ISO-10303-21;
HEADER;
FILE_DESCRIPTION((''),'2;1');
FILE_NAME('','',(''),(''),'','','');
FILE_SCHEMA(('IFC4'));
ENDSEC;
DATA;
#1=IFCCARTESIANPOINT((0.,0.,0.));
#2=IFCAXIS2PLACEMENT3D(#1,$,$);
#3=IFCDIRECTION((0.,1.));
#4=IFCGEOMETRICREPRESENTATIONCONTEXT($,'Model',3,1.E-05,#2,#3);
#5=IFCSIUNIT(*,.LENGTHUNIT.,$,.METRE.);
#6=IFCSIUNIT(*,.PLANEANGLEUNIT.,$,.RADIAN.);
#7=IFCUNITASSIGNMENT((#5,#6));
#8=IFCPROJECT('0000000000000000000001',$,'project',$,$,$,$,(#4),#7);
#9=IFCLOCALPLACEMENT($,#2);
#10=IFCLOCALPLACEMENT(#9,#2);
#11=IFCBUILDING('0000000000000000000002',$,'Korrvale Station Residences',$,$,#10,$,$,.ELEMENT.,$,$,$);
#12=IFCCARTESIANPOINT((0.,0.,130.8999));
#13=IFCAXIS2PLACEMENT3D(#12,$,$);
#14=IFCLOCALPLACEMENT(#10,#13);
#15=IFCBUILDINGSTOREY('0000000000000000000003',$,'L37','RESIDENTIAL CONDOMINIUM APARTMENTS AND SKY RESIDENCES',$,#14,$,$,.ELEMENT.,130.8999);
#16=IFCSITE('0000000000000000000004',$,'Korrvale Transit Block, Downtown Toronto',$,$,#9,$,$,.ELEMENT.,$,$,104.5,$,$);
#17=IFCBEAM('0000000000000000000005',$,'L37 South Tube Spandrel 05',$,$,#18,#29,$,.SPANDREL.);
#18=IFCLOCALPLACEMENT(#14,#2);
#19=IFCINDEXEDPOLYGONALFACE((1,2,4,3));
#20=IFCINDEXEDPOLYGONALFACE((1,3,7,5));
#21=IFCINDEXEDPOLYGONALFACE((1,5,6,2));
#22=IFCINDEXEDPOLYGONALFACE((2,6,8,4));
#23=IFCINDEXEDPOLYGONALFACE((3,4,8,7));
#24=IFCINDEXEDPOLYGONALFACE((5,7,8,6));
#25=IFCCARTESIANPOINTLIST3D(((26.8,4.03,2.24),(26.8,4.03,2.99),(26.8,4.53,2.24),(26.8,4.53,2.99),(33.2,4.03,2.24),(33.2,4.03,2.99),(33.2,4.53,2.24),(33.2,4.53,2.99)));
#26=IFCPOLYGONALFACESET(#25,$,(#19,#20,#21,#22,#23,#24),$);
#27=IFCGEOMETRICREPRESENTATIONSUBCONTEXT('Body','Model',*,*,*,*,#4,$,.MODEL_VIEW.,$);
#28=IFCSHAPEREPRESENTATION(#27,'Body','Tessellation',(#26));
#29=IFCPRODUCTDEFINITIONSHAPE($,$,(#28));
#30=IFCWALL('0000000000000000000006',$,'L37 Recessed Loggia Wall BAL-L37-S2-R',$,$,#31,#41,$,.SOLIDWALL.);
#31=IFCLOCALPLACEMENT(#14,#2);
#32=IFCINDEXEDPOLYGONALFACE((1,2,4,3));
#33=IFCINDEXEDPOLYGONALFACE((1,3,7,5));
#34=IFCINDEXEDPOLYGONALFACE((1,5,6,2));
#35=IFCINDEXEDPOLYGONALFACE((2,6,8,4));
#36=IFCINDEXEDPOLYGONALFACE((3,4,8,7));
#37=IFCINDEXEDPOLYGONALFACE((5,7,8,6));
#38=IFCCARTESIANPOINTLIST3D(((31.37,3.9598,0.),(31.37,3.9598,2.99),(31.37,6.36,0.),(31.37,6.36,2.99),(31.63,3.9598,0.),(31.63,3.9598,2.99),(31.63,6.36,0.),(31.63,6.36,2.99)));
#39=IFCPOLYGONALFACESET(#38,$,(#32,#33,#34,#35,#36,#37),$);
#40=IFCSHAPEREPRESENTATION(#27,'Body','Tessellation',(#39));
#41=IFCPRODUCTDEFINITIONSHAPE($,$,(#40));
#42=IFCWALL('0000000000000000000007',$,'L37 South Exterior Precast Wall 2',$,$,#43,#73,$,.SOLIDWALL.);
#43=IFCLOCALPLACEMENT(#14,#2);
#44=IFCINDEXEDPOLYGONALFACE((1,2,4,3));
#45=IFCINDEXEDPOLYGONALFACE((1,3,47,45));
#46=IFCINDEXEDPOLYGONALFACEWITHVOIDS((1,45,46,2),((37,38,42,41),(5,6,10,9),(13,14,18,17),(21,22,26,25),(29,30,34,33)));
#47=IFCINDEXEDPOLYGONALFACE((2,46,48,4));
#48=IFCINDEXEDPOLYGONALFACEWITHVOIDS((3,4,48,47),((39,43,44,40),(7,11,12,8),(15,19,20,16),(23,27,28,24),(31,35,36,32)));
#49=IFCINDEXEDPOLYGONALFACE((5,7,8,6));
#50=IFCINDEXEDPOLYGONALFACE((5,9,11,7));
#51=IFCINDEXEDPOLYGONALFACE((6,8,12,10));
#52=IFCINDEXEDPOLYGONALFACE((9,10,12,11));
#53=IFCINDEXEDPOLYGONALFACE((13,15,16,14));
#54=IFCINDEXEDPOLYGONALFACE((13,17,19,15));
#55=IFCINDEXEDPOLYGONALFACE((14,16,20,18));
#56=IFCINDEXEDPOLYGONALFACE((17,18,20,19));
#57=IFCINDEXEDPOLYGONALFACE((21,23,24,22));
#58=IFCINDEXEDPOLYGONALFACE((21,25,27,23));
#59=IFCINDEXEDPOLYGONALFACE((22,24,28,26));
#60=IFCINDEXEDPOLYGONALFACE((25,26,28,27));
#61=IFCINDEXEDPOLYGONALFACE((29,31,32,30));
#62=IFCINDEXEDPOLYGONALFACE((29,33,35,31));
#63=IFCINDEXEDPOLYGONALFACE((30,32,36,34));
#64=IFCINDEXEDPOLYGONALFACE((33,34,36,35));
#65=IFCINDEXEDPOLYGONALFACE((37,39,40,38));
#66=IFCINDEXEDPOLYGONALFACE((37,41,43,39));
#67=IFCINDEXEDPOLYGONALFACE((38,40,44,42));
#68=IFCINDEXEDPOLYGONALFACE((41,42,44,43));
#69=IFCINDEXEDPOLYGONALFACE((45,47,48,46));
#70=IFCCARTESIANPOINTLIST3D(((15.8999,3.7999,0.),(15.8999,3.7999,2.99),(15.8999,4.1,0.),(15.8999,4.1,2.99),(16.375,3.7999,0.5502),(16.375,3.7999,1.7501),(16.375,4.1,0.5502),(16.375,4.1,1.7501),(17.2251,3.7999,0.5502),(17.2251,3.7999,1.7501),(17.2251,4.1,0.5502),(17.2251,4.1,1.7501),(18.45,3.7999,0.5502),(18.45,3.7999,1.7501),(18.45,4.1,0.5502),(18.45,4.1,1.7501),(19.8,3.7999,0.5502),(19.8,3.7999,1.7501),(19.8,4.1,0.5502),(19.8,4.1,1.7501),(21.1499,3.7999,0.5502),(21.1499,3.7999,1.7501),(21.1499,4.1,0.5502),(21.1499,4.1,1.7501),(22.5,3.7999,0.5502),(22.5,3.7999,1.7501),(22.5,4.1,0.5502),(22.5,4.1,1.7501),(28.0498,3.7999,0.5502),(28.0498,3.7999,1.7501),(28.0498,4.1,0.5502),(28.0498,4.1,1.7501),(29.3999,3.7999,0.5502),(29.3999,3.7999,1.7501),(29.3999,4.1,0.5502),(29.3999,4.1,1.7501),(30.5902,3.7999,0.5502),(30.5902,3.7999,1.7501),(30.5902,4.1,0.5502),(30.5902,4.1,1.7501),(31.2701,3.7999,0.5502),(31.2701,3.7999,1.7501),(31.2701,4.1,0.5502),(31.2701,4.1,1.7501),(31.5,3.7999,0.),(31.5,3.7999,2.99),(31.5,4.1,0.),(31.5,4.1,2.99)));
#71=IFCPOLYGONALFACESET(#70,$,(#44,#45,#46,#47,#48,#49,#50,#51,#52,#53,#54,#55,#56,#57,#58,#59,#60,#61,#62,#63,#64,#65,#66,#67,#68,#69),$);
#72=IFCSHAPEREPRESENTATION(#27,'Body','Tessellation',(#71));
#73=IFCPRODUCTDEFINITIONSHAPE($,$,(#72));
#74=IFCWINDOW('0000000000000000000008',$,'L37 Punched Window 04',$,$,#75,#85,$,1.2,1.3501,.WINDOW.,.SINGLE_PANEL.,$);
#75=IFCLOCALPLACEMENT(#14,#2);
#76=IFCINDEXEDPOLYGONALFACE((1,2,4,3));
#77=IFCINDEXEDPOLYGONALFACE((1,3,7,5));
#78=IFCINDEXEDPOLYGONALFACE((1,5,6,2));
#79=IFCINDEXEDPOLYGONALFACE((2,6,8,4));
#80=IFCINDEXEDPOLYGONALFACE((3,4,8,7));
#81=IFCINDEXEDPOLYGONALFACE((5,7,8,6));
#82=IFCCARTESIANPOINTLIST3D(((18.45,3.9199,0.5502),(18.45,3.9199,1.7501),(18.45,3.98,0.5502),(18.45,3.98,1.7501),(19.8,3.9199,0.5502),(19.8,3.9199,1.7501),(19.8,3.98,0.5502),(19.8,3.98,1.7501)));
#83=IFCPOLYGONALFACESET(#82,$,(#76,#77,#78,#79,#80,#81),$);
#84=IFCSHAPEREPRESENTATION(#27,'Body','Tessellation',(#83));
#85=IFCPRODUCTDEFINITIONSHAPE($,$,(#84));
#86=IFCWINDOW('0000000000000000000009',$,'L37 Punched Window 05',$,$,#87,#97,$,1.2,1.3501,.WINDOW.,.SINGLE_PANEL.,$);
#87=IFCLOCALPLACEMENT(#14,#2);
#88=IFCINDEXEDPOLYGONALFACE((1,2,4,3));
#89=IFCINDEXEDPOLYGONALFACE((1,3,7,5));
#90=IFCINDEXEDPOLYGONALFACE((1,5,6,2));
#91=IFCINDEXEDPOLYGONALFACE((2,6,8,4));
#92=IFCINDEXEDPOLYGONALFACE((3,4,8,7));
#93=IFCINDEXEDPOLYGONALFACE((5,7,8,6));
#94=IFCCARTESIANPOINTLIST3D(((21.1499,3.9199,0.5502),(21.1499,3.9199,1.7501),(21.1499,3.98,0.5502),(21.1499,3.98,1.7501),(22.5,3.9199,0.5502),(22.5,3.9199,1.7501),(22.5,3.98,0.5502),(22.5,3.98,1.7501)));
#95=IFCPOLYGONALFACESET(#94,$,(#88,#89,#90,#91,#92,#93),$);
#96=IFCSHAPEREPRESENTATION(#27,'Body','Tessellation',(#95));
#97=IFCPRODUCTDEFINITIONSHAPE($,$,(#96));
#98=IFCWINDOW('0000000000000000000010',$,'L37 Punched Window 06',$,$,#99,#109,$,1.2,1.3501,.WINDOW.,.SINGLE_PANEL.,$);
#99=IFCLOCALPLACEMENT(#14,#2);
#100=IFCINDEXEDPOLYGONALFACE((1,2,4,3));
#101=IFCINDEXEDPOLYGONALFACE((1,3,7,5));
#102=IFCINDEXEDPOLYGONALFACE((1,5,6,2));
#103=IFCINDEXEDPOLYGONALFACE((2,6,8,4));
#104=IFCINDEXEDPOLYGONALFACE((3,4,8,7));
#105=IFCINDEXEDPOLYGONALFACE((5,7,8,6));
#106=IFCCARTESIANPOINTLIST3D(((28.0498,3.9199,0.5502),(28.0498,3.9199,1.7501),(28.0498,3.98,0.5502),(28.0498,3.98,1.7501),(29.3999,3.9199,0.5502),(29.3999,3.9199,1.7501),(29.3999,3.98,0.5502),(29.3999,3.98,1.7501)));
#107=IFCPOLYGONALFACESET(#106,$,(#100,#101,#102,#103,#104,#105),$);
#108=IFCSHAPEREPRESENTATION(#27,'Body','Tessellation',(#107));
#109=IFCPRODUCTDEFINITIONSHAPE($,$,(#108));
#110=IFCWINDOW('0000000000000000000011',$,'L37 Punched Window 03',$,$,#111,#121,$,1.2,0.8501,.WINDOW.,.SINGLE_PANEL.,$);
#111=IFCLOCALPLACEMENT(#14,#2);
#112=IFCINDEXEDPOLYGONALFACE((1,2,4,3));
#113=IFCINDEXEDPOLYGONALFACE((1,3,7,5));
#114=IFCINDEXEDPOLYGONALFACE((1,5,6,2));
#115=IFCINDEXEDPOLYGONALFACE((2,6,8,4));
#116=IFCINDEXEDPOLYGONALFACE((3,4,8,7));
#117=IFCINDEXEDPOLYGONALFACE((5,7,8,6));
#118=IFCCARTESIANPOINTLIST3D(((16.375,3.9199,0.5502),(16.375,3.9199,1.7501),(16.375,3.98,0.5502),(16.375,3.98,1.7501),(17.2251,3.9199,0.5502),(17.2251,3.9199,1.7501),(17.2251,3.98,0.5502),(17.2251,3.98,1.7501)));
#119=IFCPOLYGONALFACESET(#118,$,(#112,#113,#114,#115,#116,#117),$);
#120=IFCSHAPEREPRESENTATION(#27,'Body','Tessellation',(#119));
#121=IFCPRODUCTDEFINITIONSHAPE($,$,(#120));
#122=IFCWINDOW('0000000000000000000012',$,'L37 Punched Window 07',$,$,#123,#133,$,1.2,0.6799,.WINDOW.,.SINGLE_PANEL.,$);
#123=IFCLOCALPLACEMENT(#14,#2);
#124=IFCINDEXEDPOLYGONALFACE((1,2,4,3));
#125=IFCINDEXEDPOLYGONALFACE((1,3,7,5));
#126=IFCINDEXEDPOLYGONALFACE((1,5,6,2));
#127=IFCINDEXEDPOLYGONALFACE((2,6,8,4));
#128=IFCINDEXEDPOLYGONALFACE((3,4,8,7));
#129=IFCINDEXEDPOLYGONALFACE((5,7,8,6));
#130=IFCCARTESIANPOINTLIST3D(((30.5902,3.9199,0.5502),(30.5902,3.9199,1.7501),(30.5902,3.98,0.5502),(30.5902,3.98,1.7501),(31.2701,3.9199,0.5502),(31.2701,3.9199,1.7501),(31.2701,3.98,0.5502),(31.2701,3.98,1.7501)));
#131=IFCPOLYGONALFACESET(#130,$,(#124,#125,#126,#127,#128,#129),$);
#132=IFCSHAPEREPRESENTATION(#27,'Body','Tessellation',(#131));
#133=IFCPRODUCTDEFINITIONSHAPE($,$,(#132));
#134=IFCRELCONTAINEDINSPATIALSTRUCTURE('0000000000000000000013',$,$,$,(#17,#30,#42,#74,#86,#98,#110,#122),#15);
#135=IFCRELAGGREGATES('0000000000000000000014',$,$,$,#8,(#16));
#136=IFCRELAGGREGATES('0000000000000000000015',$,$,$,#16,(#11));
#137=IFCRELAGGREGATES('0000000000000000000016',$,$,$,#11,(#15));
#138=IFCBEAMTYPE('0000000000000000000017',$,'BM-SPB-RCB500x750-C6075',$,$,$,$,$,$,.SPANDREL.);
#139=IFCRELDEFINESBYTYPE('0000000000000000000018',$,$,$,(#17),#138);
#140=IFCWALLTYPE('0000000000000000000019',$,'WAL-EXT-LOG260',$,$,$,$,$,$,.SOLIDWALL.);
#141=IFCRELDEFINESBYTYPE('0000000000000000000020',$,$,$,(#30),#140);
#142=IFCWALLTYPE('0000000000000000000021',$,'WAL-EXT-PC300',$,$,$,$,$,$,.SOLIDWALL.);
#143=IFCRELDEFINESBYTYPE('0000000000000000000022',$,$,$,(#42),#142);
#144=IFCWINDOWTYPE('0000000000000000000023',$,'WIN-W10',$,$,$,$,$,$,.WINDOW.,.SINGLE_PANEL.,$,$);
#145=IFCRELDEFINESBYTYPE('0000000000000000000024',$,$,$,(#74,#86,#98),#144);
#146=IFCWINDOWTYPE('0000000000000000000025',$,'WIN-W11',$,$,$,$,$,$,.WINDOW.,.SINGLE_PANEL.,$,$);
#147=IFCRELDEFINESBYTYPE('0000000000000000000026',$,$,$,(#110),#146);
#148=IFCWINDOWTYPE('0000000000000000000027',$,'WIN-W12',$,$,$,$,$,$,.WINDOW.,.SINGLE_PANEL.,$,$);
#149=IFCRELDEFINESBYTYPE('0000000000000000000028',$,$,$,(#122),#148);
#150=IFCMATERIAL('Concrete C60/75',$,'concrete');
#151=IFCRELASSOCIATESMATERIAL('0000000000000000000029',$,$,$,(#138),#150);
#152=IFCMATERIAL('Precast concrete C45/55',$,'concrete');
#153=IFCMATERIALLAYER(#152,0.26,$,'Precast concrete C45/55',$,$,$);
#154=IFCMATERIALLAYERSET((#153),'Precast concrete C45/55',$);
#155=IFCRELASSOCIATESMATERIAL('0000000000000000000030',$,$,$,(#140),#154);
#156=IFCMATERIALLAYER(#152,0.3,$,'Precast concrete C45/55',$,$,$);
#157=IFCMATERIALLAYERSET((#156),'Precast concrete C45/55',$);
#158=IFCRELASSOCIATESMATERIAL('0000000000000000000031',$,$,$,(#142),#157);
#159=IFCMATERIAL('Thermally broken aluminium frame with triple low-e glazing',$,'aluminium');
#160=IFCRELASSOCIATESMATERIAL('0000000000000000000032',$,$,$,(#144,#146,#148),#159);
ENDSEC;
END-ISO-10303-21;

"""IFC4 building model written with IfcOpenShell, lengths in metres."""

from ifc_helpers import new_model, si_unit, direction, frame, frame_2d, origin, origin_2d, place, context, subcontext, project, spatial, rectangle, extrude, material, layer, layer_set, material_profile, profile_set, type_object, element, fill, save


model = new_model("IFC4")

# Units and contexts
model_context = context("Model", 3, precision=1e-05, world=origin(), true_north=direction((0.0, 1.0)))
body_context = subcontext(model_context, "Body", "Model", "MODEL_VIEW")
ifc_project = project(units=[si_unit("LENGTHUNIT", "METRE"), si_unit("PLANEANGLEUNIT", "RADIAN")], contexts=[model_context])

# Site, building, storey
site_placement = place(None, origin())
site = spatial("IfcSite", under=ifc_project, at=site_placement, Name="Korrvale Transit Block, Downtown Toronto", CompositionType="ELEMENT", RefElevation=104.5)
building_placement = place(site_placement, origin())
building = spatial("IfcBuilding", under=site, at=building_placement, Name="Korrvale Station Residences", CompositionType="ELEMENT")
storey_placement = place(building_placement, frame((0.0, 0.0, 130.8999)))
storey = spatial("IfcBuildingStorey", under=building, at=storey_placement, Name="L37", Description="RESIDENTIAL CONDOMINIUM APARTMENTS AND SKY RESIDENCES", CompositionType="ELEMENT", Elevation=130.8999)

# Beam
ifc_material_1 = material(Name="Concrete C60/75", Category="concrete")
ifc_material_profile = material_profile(ifc_material_1, rectangle(XDim=0.5, YDim=0.75, at=origin_2d()), Name="RCB500x750")
ifc_profile_set = profile_set([ifc_material_profile], Name="Concrete C60/75")
beam_type = type_object("IfcBeamType", Name="BM-SPB-RCB500x750-C6075", PredefinedType="SPANDREL", material=ifc_profile_set)
beam_placement = place(storey_placement, frame((26.8, 4.28, 2.615), z_axis=(1.0, 0.0, 0.0), x_axis=(0.0, 1.0, 0.0)))
element("IfcBeam", 1, at=beam_placement, inside=storey, type_object=beam_type, Name="L37 South Tube Spandrel 05", PredefinedType="SPANDREL", context=body_context, shape_type="SweptSolid", body=[
    extrude(rectangle(XDim=0.5, YDim=0.75, at=origin_2d()), origin(), (0.0, 0.0, 1.0), 6.3999),
])

# Wall
ifc_material_2 = material(Name="Precast concrete C45/55", Category="concrete")
ifc_layer_1 = layer(ifc_material_2, 0.26, Name="Precast concrete C45/55")
ifc_layer_set_1 = layer_set([ifc_layer_1], Name="Precast concrete C45/55")
wall_type_1 = type_object("IfcWallType", Name="WAL-EXT-LOG260", PredefinedType="SOLIDWALL", material=ifc_layer_set_1)
wall_1_placement = place(storey_placement, frame((31.5, 6.3601, 0.0), z_axis=(0.0, 0.0, 1.0), x_axis=(0.0, -1.0, 0.0)))
element("IfcWall", 2, at=wall_1_placement, inside=storey, type_object=wall_type_1, Name="L37 Recessed Loggia Wall BAL-L37-S2-R", PredefinedType="SOLIDWALL", context=body_context, shape_type="SweptSolid", body=[
    extrude(rectangle(XDim=2.4001, YDim=0.26, at=frame_2d((1.2002, 0.0))), origin(), (0.0, 0.0, 1.0), 2.99),
])

# Wall, openings, windows
ifc_layer_2 = layer(ifc_material_2, 0.3, Name="Precast concrete C45/55")
ifc_layer_set_2 = layer_set([ifc_layer_2], Name="Precast concrete C45/55")
wall_type_2 = type_object("IfcWallType", Name="WAL-EXT-PC300", PredefinedType="SOLIDWALL", material=ifc_layer_set_2)
wall_2_placement = place(storey_placement, frame((31.5, 3.95, 0.0), z_axis=(0.0, 0.0, 1.0), x_axis=(-1.0, 0.0, 0.0)))
wall_2 = element("IfcWall", 3, at=wall_2_placement, inside=storey, type_object=wall_type_2, Name="L37 South Exterior Precast Wall 2", PredefinedType="SOLIDWALL", context=body_context, shape_type="SweptSolid", body=[
    extrude(rectangle(XDim=15.6001, YDim=0.3, at=frame_2d((7.8, 0.0))), origin(), (0.0, 0.0, 1.0), 2.99),
])
opening_1_placement = place(wall_2_placement, frame((14.2749, 0.0, 0.55)))
opening_1 = element("IfcOpeningElement", 4, at=opening_1_placement, cuts=wall_2, PredefinedType="OPENING", context=body_context, shape_type="SweptSolid", body=[
    extrude(rectangle(XDim=0.8501, YDim=1.2, at=frame_2d((0.425, 0.6001))), frame((0.0, 0.1602, 0.0), z_axis=(0.0, -1.0, 0.0), x_axis=(1.0, 0.0, 0.0)), (0.0, 0.0, 1.0), 0.3201),
])
opening_2_placement = place(wall_2_placement, frame((11.7, 0.0, 0.55)))
opening_2 = element("IfcOpeningElement", 5, at=opening_2_placement, cuts=wall_2, PredefinedType="OPENING", context=body_context, shape_type="SweptSolid", body=[
    extrude(rectangle(XDim=1.3501, YDim=1.2, at=frame_2d((0.675, 0.6001))), frame((0.0, 0.1602, 0.0), z_axis=(0.0, -1.0, 0.0), x_axis=(1.0, 0.0, 0.0)), (0.0, 0.0, 1.0), 0.3201),
])
opening_3_placement = place(wall_2_placement, frame((9.0, 0.0, 0.55)))
opening_3 = element("IfcOpeningElement", 6, at=opening_3_placement, cuts=wall_2, PredefinedType="OPENING", context=body_context, shape_type="SweptSolid", body=[
    extrude(rectangle(XDim=1.3501, YDim=1.2, at=frame_2d((0.675, 0.6001))), frame((0.0, 0.1602, 0.0), z_axis=(0.0, -1.0, 0.0), x_axis=(1.0, 0.0, 0.0)), (0.0, 0.0, 1.0), 0.3201),
])
opening_4_placement = place(wall_2_placement, frame((2.1001, 0.0, 0.55)))
opening_4 = element("IfcOpeningElement", 7, at=opening_4_placement, cuts=wall_2, PredefinedType="OPENING", context=body_context, shape_type="SweptSolid", body=[
    extrude(rectangle(XDim=1.3501, YDim=1.2, at=frame_2d((0.675, 0.6001))), frame((0.0, 0.1602, 0.0), z_axis=(0.0, -1.0, 0.0), x_axis=(1.0, 0.0, 0.0)), (0.0, 0.0, 1.0), 0.3201),
])
opening_5_placement = place(wall_2_placement, frame((0.23, 0.0, 0.55)))
opening_5 = element("IfcOpeningElement", 8, at=opening_5_placement, cuts=wall_2, PredefinedType="OPENING", context=body_context, shape_type="SweptSolid", body=[
    extrude(rectangle(XDim=0.6799, YDim=1.2, at=frame_2d((0.3398, 0.6001))), frame((0.0, 0.1602, 0.0), z_axis=(0.0, -1.0, 0.0), x_axis=(1.0, 0.0, 0.0)), (0.0, 0.0, 1.0), 0.3201),
])
ifc_material_3 = material(Name="Thermally broken aluminium frame with triple low-e glazing", Category="aluminium")
window_type_1 = type_object("IfcWindowType", Name="WIN-W10", PartitioningType="SINGLE_PANEL", PredefinedType="WINDOW", material=ifc_material_3)
window_1_placement = place(opening_2_placement, origin())
window_1 = element("IfcWindow", 9, at=window_1_placement, inside=storey, type_object=window_type_1, Name="L37 Punched Window 04", OverallHeight=1.2, OverallWidth=1.3501, PartitioningType="SINGLE_PANEL", PredefinedType="WINDOW", context=body_context, shape_type="SweptSolid", body=[
    extrude(rectangle(XDim=1.3501, YDim=1.2, at=frame_2d((0.675, 0.6001))), frame((0.0, 0.03, 0.0), z_axis=(0.0, -1.0, 0.0), x_axis=(1.0, 0.0, 0.0)), (0.0, 0.0, 1.0), 0.0601),
])
fill(opening_2, window_1)
window_2_placement = place(opening_3_placement, origin())
window_2 = element("IfcWindow", 10, at=window_2_placement, inside=storey, type_object=window_type_1, Name="L37 Punched Window 05", OverallHeight=1.2, OverallWidth=1.3501, PartitioningType="SINGLE_PANEL", PredefinedType="WINDOW", context=body_context, shape_type="SweptSolid", body=[
    extrude(rectangle(XDim=1.3501, YDim=1.2, at=frame_2d((0.675, 0.6001))), frame((0.0, 0.03, 0.0), z_axis=(0.0, -1.0, 0.0), x_axis=(1.0, 0.0, 0.0)), (0.0, 0.0, 1.0), 0.0601),
])
fill(opening_3, window_2)
window_3_placement = place(opening_4_placement, origin())
window_3 = element("IfcWindow", 11, at=window_3_placement, inside=storey, type_object=window_type_1, Name="L37 Punched Window 06", OverallHeight=1.2, OverallWidth=1.3501, PartitioningType="SINGLE_PANEL", PredefinedType="WINDOW", context=body_context, shape_type="SweptSolid", body=[
    extrude(rectangle(XDim=1.3501, YDim=1.2, at=frame_2d((0.675, 0.6001))), frame((0.0, 0.03, 0.0), z_axis=(0.0, -1.0, 0.0), x_axis=(1.0, 0.0, 0.0)), (0.0, 0.0, 1.0), 0.0601),
])
fill(opening_4, window_3)
window_type_2 = type_object("IfcWindowType", Name="WIN-W11", PartitioningType="SINGLE_PANEL", PredefinedType="WINDOW", material=ifc_material_3)
window_4_placement = place(opening_1_placement, origin())
window_4 = element("IfcWindow", 12, at=window_4_placement, inside=storey, type_object=window_type_2, Name="L37 Punched Window 03", OverallHeight=1.2, OverallWidth=0.8501, PartitioningType="SINGLE_PANEL", PredefinedType="WINDOW", context=body_context, shape_type="SweptSolid", body=[
    extrude(rectangle(XDim=0.8501, YDim=1.2, at=frame_2d((0.425, 0.6001))), frame((0.0, 0.03, 0.0), z_axis=(0.0, -1.0, 0.0), x_axis=(1.0, 0.0, 0.0)), (0.0, 0.0, 1.0), 0.0601),
])
fill(opening_1, window_4)
window_type_3 = type_object("IfcWindowType", Name="WIN-W12", PartitioningType="SINGLE_PANEL", PredefinedType="WINDOW", material=ifc_material_3)
window_5_placement = place(opening_5_placement, origin())
window_5 = element("IfcWindow", 13, at=window_5_placement, inside=storey, type_object=window_type_3, Name="L37 Punched Window 07", OverallHeight=1.2, OverallWidth=0.6799, PartitioningType="SINGLE_PANEL", PredefinedType="WINDOW", context=body_context, shape_type="SweptSolid", body=[
    extrude(rectangle(XDim=0.6799, YDim=1.2, at=frame_2d((0.3398, 0.6001))), frame((0.0, 0.03, 0.0), z_axis=(0.0, -1.0, 0.0), x_axis=(1.0, 0.0, 0.0)), (0.0, 0.0, 1.0), 0.0601),
])
fill(opening_5, window_5)

save(model, "model.ifc")
